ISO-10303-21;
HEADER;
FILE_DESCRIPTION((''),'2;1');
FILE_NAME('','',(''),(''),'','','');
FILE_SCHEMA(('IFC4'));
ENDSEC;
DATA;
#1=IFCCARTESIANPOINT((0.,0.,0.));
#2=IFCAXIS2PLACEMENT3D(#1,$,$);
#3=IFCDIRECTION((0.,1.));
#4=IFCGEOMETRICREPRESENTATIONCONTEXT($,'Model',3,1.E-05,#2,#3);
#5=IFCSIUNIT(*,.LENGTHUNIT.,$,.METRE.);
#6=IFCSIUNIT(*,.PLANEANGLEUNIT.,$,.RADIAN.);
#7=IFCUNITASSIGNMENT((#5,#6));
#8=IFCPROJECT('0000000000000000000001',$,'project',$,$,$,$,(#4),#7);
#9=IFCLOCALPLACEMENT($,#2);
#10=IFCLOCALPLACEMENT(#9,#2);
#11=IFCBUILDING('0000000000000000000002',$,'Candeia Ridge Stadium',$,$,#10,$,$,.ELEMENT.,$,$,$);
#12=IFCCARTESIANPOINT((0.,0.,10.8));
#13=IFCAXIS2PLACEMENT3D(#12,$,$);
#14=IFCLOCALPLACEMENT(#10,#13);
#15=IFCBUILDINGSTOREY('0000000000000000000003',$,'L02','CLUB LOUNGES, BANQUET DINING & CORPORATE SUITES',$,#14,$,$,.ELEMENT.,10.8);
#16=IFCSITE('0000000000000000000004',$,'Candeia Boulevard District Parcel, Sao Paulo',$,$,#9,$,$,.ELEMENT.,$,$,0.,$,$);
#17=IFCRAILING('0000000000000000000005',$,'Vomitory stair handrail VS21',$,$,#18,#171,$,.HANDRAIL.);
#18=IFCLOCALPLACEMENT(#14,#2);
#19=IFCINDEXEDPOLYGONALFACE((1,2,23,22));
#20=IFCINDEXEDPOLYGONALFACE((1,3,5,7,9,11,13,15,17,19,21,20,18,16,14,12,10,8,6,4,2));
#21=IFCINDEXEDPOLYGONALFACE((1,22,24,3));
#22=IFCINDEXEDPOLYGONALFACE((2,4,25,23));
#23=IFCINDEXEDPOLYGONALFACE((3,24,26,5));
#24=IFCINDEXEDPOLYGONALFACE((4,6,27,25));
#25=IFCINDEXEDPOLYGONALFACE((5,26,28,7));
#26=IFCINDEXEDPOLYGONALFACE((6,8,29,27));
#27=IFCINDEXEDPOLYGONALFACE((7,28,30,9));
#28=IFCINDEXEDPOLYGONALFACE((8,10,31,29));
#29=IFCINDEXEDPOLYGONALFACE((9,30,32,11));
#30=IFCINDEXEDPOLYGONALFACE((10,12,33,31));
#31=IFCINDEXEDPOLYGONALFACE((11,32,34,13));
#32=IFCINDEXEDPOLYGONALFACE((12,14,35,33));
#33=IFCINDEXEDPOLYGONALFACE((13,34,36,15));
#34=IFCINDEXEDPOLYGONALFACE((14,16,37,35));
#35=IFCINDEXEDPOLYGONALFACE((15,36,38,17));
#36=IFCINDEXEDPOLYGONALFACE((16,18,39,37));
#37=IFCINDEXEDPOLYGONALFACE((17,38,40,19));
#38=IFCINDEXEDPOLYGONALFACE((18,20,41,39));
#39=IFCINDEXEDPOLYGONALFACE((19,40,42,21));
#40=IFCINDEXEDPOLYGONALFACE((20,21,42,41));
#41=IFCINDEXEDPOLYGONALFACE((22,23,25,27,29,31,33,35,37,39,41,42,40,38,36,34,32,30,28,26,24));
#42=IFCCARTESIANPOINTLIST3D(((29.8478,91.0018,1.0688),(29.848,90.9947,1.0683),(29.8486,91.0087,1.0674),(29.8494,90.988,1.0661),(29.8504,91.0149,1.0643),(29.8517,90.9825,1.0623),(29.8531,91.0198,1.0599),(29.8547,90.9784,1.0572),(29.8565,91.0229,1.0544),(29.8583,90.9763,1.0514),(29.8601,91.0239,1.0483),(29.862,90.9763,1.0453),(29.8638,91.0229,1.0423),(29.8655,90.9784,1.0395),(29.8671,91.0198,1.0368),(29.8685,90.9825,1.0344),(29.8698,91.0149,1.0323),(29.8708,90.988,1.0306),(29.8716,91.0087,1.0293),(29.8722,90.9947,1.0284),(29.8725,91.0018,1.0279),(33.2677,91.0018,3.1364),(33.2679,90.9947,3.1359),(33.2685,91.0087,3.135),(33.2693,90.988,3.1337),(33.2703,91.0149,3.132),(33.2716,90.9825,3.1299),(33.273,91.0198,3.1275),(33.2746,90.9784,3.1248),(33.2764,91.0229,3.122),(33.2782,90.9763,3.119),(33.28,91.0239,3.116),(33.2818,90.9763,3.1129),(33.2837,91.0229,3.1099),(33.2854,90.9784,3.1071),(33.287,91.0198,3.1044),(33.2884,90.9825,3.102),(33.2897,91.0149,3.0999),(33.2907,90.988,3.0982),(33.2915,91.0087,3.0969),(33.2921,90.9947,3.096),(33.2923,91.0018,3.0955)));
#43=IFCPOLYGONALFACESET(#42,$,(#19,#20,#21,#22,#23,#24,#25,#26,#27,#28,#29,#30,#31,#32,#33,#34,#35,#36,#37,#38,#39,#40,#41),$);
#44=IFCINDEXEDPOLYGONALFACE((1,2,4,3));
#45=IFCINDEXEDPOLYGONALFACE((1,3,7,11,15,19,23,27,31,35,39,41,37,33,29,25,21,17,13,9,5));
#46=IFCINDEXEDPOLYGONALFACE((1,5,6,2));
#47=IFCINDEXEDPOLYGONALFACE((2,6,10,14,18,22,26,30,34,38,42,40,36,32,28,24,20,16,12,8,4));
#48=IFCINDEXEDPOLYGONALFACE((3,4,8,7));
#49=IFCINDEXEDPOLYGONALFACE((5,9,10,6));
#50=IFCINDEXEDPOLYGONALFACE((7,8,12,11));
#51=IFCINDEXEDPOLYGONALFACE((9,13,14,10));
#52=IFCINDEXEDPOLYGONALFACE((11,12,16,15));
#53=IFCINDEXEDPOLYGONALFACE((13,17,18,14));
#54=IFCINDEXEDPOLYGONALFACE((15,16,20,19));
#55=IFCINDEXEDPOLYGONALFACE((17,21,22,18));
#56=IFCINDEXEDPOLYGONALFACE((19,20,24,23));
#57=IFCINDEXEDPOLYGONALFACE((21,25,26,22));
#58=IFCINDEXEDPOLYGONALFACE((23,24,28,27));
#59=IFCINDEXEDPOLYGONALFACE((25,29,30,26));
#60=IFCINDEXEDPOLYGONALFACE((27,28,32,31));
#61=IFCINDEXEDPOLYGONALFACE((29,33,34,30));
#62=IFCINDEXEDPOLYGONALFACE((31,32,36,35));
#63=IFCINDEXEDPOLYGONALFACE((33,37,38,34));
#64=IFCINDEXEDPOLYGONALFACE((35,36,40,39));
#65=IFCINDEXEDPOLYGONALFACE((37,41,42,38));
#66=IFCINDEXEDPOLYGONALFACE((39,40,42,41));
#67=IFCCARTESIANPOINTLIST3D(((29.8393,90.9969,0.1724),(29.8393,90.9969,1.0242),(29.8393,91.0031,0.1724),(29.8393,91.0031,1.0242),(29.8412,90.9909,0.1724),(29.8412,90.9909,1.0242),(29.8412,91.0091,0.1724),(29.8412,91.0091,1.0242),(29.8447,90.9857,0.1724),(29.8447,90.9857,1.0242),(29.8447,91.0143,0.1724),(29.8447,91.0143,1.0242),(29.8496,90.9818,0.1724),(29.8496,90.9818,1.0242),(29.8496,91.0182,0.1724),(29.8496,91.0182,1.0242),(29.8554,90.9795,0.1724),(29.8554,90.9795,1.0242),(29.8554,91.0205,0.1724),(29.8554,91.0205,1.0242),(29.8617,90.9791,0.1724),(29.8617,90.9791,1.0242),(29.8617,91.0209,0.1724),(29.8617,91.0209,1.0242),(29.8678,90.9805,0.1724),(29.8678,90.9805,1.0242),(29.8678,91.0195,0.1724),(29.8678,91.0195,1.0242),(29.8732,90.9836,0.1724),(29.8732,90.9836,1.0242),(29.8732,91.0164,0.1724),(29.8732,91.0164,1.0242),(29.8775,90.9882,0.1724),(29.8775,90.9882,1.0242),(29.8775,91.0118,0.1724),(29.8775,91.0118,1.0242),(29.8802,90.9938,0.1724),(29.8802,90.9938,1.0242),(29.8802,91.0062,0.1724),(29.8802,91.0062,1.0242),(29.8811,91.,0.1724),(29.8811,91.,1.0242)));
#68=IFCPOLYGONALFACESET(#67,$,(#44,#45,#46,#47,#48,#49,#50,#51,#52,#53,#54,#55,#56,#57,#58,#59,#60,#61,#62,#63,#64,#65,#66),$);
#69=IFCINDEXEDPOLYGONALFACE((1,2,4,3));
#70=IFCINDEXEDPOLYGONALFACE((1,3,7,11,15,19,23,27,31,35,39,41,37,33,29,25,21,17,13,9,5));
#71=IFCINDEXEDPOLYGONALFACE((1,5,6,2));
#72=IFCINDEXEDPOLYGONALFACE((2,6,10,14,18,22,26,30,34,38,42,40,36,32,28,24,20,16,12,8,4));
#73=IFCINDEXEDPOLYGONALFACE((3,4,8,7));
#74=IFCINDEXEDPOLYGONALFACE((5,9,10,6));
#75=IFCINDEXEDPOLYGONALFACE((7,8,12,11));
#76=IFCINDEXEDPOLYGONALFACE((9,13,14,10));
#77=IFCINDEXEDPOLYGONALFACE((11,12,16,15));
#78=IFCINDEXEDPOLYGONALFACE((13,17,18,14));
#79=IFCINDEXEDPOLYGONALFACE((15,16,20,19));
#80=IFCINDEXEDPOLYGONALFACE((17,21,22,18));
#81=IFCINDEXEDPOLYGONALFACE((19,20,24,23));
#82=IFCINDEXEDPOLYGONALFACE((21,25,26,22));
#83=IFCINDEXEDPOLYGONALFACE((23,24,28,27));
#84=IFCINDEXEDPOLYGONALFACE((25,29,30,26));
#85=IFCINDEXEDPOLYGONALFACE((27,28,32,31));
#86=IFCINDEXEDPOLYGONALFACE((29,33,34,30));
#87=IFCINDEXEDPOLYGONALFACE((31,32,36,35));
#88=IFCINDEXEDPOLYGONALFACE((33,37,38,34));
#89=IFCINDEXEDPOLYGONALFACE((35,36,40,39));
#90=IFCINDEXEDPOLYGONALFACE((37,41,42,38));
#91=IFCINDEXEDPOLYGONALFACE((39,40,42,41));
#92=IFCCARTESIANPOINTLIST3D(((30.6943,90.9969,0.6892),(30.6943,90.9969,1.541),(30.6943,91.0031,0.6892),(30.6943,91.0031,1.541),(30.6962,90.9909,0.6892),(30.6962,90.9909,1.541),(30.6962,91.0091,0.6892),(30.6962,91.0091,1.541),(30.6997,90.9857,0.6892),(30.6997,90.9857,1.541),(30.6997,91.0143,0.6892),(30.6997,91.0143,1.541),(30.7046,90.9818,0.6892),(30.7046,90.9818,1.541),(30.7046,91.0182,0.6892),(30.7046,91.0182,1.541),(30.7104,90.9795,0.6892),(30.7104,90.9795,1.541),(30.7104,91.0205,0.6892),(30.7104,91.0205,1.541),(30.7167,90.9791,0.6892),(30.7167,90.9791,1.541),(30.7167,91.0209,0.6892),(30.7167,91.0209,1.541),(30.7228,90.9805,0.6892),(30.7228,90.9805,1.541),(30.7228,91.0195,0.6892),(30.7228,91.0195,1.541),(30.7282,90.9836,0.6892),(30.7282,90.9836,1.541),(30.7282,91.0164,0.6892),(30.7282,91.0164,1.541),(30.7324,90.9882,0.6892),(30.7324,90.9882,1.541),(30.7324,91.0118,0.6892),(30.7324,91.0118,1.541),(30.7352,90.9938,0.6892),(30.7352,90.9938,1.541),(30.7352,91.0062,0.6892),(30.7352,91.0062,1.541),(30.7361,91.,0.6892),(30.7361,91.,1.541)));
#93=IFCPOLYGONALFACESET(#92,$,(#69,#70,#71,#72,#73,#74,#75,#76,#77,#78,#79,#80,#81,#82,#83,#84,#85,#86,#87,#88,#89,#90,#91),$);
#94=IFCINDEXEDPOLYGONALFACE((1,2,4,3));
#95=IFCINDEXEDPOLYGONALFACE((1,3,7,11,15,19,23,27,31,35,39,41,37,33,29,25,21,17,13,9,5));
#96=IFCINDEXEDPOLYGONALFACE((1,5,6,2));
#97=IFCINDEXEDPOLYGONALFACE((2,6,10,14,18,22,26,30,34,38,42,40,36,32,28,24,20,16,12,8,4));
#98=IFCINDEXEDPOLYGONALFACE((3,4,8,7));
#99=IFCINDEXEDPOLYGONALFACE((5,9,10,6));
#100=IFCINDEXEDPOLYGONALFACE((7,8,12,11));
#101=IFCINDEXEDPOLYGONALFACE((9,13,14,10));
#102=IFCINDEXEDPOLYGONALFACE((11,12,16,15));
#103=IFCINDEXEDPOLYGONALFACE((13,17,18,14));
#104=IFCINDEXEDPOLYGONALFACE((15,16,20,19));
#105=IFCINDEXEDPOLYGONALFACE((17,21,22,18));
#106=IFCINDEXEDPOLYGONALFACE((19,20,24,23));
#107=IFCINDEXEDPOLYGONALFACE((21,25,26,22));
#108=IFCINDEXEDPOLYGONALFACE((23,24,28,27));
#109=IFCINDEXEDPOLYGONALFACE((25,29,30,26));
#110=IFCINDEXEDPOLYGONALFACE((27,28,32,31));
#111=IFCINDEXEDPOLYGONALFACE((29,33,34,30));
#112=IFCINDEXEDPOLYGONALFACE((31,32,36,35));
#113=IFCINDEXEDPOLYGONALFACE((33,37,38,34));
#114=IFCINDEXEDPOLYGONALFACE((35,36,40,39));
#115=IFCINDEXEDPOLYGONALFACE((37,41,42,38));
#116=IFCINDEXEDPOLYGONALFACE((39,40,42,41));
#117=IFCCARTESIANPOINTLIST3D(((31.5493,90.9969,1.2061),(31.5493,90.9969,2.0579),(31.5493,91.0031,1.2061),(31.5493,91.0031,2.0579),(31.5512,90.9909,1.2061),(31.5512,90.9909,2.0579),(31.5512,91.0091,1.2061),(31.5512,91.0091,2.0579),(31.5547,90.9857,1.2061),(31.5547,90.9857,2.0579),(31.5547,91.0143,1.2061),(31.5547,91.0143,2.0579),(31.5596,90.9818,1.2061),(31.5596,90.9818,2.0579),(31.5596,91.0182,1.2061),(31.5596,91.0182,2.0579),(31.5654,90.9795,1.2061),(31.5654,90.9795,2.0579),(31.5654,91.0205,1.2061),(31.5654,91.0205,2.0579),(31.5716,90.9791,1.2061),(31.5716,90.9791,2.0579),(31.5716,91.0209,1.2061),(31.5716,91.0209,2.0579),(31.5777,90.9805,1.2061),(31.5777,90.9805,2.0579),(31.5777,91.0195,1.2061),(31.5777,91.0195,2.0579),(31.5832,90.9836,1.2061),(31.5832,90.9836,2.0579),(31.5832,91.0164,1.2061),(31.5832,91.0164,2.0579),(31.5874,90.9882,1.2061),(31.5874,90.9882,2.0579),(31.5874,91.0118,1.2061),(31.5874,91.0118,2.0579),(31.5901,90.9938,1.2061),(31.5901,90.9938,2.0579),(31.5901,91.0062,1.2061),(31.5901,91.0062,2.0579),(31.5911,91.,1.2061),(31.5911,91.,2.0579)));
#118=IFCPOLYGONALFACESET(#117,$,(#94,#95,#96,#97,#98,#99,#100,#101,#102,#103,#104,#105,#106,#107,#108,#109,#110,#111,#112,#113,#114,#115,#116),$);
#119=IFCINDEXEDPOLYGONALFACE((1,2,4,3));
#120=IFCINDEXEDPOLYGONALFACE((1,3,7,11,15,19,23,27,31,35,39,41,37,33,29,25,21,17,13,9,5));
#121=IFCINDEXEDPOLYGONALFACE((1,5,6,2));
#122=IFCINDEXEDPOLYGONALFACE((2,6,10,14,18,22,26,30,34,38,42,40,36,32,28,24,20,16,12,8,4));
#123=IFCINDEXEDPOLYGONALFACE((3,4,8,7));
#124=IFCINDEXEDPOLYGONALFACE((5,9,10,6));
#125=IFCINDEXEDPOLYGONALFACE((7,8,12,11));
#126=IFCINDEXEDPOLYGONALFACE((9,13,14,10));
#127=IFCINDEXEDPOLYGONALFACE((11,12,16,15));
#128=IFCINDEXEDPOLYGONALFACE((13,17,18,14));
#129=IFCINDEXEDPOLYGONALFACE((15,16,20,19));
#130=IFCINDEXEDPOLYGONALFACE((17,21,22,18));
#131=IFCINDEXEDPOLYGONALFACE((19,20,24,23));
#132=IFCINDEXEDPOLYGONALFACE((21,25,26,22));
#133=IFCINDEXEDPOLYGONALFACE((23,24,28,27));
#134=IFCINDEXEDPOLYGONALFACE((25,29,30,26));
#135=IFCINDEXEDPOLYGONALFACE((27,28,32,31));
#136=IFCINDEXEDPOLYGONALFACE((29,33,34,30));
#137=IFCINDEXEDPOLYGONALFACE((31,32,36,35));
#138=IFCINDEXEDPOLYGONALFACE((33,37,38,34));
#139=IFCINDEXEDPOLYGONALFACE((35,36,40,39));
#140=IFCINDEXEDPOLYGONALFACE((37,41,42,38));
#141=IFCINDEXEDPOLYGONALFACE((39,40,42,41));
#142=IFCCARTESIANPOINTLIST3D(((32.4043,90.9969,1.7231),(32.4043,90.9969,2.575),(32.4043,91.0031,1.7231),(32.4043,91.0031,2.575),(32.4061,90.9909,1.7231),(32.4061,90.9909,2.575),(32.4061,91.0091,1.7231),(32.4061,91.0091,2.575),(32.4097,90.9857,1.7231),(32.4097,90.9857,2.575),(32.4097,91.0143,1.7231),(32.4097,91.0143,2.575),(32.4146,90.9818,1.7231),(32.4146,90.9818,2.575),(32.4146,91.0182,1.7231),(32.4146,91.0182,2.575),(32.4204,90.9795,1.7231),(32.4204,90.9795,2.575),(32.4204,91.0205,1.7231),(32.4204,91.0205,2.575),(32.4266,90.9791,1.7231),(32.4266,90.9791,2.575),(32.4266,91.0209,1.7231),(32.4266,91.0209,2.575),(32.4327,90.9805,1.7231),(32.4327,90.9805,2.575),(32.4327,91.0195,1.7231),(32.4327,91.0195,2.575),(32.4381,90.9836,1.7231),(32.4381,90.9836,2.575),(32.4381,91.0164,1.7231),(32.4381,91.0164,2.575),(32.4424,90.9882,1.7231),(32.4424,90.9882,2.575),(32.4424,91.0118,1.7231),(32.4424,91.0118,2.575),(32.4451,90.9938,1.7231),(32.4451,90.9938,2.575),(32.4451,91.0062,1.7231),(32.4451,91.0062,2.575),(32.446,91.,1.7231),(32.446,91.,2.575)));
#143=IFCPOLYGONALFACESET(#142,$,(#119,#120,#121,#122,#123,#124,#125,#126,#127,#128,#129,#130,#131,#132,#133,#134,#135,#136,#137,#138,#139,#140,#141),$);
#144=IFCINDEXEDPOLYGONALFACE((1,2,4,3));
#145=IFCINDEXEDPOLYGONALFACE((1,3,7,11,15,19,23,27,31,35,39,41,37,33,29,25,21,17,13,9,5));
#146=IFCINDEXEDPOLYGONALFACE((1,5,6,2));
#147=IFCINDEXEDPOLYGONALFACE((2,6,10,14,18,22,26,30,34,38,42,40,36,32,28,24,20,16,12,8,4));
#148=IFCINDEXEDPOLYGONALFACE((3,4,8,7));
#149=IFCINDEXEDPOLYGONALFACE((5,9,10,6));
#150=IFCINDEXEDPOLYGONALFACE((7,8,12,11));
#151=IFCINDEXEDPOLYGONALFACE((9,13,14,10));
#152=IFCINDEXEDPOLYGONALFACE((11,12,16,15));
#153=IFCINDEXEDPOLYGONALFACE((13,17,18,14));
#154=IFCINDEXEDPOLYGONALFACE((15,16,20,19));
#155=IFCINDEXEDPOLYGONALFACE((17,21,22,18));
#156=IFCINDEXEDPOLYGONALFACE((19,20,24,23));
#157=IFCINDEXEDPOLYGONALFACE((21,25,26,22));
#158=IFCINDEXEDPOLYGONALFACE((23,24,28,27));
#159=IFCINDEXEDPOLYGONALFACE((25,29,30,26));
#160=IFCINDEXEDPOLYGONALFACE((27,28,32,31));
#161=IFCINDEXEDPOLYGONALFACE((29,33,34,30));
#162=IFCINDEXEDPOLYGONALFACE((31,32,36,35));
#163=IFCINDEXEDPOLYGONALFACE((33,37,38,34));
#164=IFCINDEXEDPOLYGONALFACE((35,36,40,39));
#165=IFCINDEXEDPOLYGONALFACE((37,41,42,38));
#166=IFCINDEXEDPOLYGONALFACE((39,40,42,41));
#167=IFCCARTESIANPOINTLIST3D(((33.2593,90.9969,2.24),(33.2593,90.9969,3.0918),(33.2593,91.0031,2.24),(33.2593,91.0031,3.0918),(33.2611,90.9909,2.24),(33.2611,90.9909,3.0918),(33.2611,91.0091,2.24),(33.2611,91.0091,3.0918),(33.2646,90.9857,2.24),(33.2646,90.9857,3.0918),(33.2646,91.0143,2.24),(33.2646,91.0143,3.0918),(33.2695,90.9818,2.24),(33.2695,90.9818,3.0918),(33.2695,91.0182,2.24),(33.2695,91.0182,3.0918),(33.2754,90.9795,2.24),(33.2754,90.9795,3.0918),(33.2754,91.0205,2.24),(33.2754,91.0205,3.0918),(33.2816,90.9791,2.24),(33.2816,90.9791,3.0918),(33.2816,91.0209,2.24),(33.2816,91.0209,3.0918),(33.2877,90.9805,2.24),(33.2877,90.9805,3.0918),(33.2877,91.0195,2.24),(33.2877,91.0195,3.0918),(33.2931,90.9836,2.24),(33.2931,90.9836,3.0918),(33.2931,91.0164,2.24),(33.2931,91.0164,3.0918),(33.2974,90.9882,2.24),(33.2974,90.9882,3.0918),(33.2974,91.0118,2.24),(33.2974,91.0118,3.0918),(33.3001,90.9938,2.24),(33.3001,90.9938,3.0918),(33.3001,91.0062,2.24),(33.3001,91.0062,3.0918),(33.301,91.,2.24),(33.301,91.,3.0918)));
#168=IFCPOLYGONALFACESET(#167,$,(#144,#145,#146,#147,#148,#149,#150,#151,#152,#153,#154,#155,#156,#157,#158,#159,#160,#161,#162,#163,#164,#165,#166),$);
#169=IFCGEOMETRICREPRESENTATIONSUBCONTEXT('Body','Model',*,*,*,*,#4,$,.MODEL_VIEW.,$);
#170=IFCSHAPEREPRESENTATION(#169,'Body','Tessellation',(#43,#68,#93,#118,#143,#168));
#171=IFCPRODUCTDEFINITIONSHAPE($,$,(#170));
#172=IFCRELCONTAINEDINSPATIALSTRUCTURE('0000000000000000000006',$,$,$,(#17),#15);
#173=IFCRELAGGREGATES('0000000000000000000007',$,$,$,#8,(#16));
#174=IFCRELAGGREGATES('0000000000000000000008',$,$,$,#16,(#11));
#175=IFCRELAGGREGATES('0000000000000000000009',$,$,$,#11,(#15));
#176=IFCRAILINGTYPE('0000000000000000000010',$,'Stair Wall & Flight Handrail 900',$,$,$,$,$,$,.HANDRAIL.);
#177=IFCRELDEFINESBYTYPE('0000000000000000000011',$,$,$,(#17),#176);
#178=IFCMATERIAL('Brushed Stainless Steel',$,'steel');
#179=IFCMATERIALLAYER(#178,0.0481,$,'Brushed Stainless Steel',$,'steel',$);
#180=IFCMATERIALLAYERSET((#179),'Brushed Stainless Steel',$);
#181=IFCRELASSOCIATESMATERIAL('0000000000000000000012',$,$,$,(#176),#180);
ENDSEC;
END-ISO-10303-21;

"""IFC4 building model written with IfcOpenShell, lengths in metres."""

from ifc_helpers import new_model, si_unit, direction, frame, origin, origin_2d, place, context, subcontext, project, spatial, circle, extrude, material, layer, layer_set, type_object, element, save


model = new_model("IFC4")

# Units and contexts
model_context = context("Model", 3, precision=1e-05, world=origin(), true_north=direction((0.0, 1.0)))
body_context = subcontext(model_context, "Body", "Model", "MODEL_VIEW")
ifc_project = project(units=[si_unit("LENGTHUNIT", "METRE"), si_unit("PLANEANGLEUNIT", "RADIAN")], contexts=[model_context])

# Site, building, storey
site_placement = place(None, origin())
site = spatial("IfcSite", under=ifc_project, at=site_placement, Name="Candeia Boulevard District Parcel, Sao Paulo", CompositionType="ELEMENT", RefElevation=0.0)
building_placement = place(site_placement, origin())
building = spatial("IfcBuilding", under=site, at=building_placement, Name="Candeia Ridge Stadium", CompositionType="ELEMENT")
storey_placement = place(building_placement, frame((0.0, 0.0, 10.8)))
storey = spatial("IfcBuildingStorey", under=building, at=storey_placement, Name="L02", Description="CLUB LOUNGES, BANQUET DINING & CORPORATE SUITES", CompositionType="ELEMENT", Elevation=10.8)

# Railing
ifc_material_1 = material(Name="Brushed Stainless Steel", Category="steel")
ifc_layer_1 = layer(ifc_material_1, 0.0481, Name="Brushed Stainless Steel", Category="steel")
ifc_layer_set_1 = layer_set([ifc_layer_1], Name="Brushed Stainless Steel")
railing_type_1 = type_object("IfcRailingType", Name="Stair Wall & Flight Handrail 900", PredefinedType="HANDRAIL", material=ifc_layer_set_1)
railing_1_placement = place(storey_placement, frame((29.8601, 91.0, 0.1724)))
element("IfcRailing", 1, at=railing_1_placement, inside=storey, type_object=railing_type_1, Name="Vomitory stair handrail VS21", PredefinedType="HANDRAIL", context=body_context, shape_type="SweptSolid", body=[
    extrude(circle(Radius=0.0239, at=origin_2d()), frame((0.0, 0.0, 0.876), z_axis=(0.855758, 0.0, 0.517377), x_axis=(0.0, 1.0, 0.0)), (0.0, 0.0, 1.0), 3.9963),
    extrude(circle(Radius=0.021, at=origin_2d()), origin(), (0.0, 0.0, 1.0), 0.8518),
    extrude(circle(Radius=0.021, at=origin_2d()), frame((0.855, 0.0, 0.5168)), (0.0, 0.0, 1.0), 0.8518),
    extrude(circle(Radius=0.021, at=origin_2d()), frame((1.71, 0.0, 1.0337)), (0.0, 0.0, 1.0), 0.8518),
    extrude(circle(Radius=0.021, at=origin_2d()), frame((2.5649, 0.0, 1.5508)), (0.0, 0.0, 1.0), 0.8518),
    extrude(circle(Radius=0.021, at=origin_2d()), frame((3.4199, 0.0, 2.0676)), (0.0, 0.0, 1.0), 0.8518),
])

save(model, "model.ifc")
